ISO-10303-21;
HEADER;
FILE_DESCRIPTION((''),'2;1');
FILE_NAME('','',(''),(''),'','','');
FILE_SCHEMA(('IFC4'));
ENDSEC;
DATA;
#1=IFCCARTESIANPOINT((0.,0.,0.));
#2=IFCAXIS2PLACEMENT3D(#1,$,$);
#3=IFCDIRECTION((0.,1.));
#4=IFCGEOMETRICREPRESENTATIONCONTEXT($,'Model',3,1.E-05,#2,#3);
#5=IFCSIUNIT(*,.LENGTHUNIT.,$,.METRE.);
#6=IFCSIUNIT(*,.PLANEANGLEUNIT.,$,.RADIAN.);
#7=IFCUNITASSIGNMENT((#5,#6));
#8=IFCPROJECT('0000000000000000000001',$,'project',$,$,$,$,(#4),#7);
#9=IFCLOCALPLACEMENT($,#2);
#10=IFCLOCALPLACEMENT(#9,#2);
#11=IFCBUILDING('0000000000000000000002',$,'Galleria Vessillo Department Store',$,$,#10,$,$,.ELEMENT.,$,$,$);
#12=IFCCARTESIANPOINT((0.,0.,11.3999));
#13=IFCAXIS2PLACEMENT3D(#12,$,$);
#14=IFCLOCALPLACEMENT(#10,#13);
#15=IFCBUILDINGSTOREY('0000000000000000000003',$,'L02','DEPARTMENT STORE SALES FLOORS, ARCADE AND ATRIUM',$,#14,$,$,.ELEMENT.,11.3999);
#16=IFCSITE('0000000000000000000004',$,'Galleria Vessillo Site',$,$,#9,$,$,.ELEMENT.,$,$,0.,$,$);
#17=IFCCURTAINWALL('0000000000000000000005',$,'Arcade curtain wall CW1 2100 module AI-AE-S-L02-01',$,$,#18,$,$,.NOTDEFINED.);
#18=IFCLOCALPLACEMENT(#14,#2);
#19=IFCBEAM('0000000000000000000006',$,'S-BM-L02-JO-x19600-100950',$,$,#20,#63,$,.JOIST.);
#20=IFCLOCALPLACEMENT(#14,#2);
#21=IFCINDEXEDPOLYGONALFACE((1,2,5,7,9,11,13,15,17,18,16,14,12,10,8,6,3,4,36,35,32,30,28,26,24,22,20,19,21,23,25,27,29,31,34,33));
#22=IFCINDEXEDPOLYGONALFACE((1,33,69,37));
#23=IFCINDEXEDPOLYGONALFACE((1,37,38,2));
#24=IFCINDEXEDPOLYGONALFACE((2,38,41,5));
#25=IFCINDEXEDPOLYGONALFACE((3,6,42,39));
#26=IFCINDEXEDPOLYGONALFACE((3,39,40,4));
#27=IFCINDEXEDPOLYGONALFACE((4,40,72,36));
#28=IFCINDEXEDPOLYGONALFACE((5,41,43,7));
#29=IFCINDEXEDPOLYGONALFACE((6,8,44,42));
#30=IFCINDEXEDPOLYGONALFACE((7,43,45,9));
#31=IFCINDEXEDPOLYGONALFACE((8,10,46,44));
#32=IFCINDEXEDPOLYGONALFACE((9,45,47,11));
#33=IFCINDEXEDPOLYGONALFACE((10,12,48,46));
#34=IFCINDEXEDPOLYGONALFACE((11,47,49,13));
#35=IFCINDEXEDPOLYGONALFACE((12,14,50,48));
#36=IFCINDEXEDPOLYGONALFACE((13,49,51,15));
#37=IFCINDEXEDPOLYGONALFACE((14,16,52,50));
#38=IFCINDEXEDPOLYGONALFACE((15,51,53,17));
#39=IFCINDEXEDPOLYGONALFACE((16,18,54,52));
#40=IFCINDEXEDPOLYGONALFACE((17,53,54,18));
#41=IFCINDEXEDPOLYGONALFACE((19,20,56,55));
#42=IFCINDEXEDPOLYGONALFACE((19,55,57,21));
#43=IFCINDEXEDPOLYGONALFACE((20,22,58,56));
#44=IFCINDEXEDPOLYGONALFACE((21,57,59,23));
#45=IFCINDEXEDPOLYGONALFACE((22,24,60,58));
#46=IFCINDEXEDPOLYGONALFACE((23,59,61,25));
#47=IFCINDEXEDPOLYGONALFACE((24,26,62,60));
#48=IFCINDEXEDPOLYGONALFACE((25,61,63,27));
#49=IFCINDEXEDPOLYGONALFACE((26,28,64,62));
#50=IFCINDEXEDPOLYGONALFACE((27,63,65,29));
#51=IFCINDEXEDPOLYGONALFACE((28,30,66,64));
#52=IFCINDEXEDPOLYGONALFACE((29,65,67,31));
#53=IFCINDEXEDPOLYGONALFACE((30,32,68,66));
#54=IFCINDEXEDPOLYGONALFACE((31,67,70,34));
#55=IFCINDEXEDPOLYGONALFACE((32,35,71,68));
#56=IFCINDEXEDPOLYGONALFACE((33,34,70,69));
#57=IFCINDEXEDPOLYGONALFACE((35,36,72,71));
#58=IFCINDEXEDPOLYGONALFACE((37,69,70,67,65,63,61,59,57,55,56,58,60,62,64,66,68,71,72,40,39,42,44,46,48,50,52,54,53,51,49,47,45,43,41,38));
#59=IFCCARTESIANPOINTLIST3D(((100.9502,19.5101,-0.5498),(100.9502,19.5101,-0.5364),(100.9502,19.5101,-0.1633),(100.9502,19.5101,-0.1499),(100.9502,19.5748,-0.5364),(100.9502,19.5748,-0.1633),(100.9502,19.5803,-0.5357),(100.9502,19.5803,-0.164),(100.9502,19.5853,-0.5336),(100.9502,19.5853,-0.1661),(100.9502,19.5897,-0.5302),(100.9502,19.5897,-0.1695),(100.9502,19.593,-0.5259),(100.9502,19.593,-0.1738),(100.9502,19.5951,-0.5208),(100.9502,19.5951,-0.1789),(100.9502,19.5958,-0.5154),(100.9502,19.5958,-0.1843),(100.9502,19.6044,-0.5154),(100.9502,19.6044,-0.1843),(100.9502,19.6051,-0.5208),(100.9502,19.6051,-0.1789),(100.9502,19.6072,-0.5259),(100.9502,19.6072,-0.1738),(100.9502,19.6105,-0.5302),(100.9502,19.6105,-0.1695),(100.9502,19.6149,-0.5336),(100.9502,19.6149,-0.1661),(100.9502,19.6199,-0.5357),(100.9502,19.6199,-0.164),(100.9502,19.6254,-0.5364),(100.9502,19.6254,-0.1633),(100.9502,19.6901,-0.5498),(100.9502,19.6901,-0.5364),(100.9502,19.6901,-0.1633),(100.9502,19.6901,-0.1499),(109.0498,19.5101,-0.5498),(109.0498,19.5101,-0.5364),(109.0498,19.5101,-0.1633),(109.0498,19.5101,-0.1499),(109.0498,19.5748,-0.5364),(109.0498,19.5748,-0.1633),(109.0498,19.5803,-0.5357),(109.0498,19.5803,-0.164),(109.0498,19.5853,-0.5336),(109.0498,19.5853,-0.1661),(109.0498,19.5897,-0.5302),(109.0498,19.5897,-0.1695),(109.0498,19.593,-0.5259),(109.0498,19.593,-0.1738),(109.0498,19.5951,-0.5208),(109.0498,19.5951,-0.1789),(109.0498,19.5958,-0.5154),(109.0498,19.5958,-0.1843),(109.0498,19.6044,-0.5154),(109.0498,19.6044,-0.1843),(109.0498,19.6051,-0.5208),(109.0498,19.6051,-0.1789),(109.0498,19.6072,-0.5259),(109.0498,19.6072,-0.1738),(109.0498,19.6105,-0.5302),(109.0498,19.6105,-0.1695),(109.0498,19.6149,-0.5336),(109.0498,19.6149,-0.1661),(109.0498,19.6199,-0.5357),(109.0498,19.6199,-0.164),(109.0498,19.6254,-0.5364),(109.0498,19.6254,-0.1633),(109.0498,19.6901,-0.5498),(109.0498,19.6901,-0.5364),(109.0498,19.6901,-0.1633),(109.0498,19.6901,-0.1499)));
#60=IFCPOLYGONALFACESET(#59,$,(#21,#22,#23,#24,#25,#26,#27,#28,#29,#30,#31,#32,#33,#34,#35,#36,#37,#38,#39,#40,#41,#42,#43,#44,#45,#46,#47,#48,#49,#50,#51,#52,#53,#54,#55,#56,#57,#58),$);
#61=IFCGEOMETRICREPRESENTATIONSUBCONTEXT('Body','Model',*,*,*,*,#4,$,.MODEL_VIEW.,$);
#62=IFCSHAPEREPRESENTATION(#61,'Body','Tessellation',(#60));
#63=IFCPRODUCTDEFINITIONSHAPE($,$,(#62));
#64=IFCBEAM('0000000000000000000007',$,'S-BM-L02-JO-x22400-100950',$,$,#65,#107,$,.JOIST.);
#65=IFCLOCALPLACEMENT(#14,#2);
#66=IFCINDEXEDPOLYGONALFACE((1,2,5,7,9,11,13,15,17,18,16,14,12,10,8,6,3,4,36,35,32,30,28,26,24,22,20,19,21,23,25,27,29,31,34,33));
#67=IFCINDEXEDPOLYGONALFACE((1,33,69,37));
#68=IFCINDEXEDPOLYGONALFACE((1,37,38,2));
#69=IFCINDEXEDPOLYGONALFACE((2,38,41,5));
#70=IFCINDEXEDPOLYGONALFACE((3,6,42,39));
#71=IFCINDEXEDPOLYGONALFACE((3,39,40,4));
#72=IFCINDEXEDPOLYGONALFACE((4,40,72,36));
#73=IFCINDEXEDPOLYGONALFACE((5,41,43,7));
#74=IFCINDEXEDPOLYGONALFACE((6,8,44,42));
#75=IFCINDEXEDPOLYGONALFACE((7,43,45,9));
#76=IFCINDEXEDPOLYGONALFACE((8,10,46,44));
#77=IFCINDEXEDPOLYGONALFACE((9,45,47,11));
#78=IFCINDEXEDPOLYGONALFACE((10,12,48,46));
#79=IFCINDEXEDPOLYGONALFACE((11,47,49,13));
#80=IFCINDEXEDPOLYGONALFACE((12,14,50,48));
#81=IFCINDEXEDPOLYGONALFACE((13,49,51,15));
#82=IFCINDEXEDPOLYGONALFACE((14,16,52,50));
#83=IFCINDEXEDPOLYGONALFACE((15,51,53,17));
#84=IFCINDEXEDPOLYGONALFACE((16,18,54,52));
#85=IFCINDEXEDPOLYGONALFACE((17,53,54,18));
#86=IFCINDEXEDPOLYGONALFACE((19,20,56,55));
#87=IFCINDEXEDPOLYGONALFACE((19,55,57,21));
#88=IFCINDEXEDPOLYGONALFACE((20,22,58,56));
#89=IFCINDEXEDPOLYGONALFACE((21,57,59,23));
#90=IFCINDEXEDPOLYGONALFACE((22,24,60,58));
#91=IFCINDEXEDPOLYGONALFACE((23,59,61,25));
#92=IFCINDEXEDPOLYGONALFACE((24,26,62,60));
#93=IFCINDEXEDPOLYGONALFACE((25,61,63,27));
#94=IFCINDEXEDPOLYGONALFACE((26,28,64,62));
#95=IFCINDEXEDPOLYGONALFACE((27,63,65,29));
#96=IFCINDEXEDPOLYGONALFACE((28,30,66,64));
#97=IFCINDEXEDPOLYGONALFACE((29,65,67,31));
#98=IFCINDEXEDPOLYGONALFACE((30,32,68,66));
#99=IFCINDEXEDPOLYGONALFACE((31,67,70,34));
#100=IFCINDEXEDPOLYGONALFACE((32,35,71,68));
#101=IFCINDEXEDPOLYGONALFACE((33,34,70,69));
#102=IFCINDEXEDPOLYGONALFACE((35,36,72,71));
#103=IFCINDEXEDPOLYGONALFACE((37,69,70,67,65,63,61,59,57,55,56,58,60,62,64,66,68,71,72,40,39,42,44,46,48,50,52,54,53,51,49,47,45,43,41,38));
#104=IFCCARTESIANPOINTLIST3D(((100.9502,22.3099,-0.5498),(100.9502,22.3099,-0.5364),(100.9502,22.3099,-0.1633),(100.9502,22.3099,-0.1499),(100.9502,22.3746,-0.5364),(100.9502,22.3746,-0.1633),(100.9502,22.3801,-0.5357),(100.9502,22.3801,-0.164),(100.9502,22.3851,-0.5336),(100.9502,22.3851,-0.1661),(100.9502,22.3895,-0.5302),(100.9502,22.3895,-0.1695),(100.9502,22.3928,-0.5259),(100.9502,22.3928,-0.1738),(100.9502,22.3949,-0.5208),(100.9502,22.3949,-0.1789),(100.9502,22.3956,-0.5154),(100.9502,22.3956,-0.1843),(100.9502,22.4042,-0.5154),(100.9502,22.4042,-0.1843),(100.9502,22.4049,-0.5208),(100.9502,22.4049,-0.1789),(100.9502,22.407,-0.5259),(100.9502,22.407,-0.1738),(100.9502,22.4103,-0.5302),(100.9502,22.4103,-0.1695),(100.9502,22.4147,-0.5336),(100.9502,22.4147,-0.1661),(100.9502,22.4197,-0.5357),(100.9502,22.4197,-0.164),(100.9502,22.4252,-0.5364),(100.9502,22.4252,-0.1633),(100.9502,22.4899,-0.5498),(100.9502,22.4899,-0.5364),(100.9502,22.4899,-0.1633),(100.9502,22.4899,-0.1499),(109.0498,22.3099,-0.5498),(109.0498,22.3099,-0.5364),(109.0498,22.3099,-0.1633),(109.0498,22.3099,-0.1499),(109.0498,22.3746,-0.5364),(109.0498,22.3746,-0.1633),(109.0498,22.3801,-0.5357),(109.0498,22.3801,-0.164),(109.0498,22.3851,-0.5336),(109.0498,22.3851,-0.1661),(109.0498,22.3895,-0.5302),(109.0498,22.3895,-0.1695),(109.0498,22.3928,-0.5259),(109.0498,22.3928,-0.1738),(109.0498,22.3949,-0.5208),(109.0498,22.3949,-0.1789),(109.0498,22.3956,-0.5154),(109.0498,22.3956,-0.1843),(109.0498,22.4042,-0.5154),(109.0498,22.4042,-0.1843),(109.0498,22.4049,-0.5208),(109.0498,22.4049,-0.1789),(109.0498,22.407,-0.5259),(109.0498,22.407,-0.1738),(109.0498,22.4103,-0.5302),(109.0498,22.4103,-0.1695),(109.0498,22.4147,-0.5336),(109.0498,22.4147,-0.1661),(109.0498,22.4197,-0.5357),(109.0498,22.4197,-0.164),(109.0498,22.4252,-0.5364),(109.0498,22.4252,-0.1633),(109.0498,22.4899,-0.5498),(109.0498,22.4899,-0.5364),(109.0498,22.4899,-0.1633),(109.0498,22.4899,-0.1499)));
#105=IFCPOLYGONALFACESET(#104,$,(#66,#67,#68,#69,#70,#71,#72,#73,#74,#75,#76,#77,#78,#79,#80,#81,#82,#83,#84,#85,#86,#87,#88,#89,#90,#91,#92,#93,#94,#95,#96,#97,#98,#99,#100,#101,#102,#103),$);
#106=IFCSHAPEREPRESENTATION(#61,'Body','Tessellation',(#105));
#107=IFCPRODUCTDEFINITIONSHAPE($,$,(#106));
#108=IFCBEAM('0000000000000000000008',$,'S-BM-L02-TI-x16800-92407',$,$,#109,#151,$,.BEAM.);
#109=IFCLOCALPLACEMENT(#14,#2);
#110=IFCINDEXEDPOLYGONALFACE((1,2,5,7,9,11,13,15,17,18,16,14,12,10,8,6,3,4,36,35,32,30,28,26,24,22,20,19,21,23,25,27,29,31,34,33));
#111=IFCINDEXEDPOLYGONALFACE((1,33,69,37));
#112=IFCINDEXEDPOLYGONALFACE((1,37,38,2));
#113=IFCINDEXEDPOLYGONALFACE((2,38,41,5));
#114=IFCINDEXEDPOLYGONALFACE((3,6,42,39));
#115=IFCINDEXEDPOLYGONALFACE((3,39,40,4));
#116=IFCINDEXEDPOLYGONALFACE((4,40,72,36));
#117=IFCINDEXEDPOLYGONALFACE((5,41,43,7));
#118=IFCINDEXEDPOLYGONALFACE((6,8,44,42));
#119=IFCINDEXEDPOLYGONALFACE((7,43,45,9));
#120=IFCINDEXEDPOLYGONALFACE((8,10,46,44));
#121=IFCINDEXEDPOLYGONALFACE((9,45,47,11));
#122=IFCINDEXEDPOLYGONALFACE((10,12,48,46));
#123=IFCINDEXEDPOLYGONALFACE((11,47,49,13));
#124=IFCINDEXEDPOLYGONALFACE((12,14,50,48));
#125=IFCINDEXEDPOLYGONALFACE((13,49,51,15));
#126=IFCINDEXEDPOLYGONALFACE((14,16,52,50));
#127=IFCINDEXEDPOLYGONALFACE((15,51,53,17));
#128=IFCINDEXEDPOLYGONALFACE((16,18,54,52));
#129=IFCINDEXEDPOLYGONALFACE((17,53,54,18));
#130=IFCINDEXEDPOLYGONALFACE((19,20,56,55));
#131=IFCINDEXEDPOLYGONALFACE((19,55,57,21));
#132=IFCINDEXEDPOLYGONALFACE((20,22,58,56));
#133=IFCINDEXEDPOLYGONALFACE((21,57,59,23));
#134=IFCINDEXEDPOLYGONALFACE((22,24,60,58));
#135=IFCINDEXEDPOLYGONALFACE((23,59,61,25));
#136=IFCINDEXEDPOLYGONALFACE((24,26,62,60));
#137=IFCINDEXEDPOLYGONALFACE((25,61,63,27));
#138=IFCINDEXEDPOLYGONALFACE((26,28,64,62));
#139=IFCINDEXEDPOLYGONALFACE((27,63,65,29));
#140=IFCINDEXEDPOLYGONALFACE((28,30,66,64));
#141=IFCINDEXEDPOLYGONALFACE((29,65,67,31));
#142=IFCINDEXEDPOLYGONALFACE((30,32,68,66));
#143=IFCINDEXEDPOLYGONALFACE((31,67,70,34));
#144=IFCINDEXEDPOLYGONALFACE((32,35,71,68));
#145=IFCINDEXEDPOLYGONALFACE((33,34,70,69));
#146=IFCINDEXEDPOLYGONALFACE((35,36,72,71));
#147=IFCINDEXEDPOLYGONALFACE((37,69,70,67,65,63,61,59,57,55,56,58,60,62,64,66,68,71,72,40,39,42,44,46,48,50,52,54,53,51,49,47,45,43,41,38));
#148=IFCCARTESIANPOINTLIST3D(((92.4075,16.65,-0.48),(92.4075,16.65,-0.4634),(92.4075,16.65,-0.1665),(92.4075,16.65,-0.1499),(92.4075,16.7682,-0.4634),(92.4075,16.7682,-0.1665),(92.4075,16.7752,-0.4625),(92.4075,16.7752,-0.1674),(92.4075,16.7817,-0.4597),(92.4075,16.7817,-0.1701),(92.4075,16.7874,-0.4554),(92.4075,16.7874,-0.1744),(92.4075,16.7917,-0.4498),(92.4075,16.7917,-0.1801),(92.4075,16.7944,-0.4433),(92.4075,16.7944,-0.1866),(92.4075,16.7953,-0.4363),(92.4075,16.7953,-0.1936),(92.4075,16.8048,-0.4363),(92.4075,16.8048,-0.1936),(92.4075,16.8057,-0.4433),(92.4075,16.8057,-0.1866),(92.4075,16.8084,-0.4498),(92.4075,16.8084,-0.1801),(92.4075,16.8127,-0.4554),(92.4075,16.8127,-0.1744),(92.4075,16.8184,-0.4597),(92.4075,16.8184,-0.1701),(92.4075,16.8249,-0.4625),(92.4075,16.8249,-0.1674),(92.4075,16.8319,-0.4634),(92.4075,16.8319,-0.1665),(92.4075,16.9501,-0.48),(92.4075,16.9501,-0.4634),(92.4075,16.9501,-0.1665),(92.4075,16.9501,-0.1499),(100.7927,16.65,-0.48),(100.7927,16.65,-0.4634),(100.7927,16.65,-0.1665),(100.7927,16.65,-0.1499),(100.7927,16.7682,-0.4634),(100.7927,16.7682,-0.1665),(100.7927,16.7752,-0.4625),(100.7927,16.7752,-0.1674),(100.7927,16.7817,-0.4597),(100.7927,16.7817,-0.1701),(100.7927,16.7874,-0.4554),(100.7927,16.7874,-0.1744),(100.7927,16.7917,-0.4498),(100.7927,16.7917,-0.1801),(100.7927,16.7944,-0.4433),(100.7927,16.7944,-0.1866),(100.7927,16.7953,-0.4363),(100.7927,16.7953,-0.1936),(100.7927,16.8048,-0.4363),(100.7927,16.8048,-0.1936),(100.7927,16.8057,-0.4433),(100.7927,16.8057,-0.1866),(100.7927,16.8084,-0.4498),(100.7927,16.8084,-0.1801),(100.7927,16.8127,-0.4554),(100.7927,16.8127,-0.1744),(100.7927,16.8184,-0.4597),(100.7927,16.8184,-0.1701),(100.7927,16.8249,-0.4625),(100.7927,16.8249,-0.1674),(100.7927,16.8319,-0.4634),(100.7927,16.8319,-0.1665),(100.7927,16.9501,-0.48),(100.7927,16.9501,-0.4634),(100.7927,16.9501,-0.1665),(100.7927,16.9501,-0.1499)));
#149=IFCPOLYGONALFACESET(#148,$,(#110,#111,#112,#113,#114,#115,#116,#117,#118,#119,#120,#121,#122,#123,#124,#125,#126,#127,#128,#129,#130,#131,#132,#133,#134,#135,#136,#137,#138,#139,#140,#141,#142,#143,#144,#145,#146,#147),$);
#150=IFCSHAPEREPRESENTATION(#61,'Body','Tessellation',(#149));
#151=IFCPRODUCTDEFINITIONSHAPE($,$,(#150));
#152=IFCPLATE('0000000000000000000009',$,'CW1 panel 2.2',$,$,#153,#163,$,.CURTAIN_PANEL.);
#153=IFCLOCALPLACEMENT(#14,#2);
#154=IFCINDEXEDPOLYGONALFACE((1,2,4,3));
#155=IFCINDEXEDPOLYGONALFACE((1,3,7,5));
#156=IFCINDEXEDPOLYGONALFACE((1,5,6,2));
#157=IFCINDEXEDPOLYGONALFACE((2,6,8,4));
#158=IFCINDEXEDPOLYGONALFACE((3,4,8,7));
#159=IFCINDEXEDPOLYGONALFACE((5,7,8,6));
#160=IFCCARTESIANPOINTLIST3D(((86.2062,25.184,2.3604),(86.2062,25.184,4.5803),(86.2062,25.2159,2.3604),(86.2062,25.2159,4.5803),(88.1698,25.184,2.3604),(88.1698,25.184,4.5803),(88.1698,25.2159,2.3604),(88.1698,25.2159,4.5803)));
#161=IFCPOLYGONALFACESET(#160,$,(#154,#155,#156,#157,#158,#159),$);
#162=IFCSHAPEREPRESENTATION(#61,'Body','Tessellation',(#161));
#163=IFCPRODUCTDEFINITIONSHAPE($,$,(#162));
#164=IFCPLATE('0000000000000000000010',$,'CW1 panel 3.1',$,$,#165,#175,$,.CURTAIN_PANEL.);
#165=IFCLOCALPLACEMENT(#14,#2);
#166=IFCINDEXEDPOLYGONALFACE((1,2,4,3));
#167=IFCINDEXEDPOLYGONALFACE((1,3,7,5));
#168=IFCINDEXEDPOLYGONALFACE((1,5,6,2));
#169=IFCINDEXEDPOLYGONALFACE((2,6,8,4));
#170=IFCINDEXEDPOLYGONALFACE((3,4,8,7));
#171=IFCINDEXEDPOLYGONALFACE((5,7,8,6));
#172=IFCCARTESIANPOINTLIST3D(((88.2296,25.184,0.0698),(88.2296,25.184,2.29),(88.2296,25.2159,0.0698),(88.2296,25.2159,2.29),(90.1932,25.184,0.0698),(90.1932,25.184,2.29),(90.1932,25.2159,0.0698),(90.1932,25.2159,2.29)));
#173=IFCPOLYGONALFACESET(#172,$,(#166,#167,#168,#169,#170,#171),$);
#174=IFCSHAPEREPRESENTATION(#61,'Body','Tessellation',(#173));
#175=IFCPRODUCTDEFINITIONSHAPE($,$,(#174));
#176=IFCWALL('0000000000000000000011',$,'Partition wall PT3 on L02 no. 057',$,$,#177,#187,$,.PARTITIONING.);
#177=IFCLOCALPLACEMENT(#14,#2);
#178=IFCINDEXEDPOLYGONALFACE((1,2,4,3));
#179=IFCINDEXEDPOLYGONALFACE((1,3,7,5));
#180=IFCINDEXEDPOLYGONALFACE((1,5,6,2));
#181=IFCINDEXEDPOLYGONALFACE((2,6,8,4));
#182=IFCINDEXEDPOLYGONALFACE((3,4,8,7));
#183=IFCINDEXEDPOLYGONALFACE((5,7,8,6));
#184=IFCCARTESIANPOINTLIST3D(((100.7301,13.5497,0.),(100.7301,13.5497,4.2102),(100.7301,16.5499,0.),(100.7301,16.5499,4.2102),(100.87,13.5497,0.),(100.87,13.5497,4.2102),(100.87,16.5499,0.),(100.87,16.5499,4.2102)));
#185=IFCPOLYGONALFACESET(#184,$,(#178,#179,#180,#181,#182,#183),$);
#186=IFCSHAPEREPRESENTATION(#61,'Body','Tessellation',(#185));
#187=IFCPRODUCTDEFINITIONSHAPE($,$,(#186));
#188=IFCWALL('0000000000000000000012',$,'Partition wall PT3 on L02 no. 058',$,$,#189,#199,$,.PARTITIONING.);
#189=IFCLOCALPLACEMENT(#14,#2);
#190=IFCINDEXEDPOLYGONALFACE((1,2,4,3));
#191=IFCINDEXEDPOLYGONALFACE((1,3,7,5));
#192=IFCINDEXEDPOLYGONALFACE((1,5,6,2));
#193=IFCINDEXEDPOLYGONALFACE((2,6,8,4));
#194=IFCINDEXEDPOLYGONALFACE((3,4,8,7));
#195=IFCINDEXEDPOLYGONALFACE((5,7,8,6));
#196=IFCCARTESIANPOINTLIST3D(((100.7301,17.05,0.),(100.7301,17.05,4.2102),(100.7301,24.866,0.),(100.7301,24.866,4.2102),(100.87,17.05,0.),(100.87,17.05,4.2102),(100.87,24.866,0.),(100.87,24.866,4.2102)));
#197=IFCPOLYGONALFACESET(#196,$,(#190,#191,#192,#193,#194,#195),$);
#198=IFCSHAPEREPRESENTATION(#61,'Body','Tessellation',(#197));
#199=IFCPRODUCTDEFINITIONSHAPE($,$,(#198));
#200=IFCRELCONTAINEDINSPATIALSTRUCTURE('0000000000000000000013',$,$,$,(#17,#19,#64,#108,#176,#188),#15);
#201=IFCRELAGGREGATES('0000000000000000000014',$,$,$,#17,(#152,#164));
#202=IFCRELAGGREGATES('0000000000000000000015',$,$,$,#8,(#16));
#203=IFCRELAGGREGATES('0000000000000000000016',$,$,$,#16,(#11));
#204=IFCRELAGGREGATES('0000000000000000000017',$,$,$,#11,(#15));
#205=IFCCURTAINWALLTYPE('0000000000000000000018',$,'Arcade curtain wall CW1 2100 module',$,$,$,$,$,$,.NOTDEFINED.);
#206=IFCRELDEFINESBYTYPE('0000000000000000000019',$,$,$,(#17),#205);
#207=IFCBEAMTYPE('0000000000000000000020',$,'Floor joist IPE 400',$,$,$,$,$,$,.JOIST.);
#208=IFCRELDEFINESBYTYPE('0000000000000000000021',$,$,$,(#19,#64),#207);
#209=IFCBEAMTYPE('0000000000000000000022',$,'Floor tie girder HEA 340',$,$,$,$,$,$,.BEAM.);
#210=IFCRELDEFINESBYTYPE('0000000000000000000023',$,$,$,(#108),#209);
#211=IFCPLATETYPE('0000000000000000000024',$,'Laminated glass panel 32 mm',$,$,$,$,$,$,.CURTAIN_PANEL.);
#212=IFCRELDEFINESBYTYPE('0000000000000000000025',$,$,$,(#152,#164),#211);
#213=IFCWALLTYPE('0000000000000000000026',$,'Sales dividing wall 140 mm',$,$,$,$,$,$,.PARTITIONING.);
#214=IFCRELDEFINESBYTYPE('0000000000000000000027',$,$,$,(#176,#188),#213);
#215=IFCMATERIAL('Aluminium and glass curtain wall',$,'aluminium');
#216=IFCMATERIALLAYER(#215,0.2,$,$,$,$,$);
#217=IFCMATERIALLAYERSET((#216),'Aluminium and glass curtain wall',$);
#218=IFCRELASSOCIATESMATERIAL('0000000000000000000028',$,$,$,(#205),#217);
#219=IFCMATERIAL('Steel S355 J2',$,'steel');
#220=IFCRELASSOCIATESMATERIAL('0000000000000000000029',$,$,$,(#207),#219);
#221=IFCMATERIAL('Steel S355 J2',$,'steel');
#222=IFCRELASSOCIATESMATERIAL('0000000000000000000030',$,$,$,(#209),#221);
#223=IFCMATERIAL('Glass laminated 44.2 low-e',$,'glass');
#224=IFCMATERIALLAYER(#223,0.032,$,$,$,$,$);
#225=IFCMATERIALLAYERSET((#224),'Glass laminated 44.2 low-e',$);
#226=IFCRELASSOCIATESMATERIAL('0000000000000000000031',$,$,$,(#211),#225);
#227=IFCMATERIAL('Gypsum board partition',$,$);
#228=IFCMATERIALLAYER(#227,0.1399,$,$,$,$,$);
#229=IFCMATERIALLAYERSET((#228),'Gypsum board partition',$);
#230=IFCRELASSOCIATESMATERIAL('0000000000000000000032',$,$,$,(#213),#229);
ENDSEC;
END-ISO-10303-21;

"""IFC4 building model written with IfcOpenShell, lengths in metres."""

from ifc_helpers import new_model, si_unit, direction, frame, frame_2d, origin, origin_2d, place, context, subcontext, project, spatial, rectangle, i_section, extrude, material, layer, layer_set, material_profile, profile_set, type_object, element, aggregate, save


model = new_model("IFC4")

# Units and contexts
model_context = context("Model", 3, precision=1e-05, world=origin(), true_north=direction((0.0, 1.0)))
body_context = subcontext(model_context, "Body", "Model", "MODEL_VIEW")
ifc_project = project(units=[si_unit("LENGTHUNIT", "METRE"), si_unit("PLANEANGLEUNIT", "RADIAN")], contexts=[model_context])

# Site, building, storey
site_placement = place(None, origin())
site = spatial("IfcSite", under=ifc_project, at=site_placement, Name="Galleria Vessillo Site", CompositionType="ELEMENT", RefElevation=0.0)
building_placement = place(site_placement, origin())
building = spatial("IfcBuilding", under=site, at=building_placement, Name="Galleria Vessillo Department Store", CompositionType="ELEMENT")
storey_placement = place(building_placement, frame((0.0, 0.0, 11.3999)))
storey = spatial("IfcBuildingStorey", under=building, at=storey_placement, Name="L02", Description="DEPARTMENT STORE SALES FLOORS, ARCADE AND ATRIUM", CompositionType="ELEMENT", Elevation=11.3999)

# Curtain wall
ifc_material_1 = material(Name="Aluminium and glass curtain wall", Category="aluminium")
ifc_layer_1 = layer(ifc_material_1, 0.2)
ifc_layer_set_1 = layer_set([ifc_layer_1], Name="Aluminium and glass curtain wall")
curtain_wall_type = type_object("IfcCurtainWallType", Name="Arcade curtain wall CW1 2100 module", PredefinedType="NOTDEFINED", material=ifc_layer_set_1)
curtain_wall_placement = place(storey_placement, origin())
curtain_wall = element("IfcCurtainWall", 1, at=curtain_wall_placement, inside=storey, type_object=curtain_wall_type, Name="Arcade curtain wall CW1 2100 module AI-AE-S-L02-01", PredefinedType="NOTDEFINED")

# Beams
ifc_material_2 = material(Name="Steel S355 J2", Category="steel")
ifc_material_profile_1 = material_profile(ifc_material_2, i_section(OverallWidth=0.1799, OverallDepth=0.3999, WebThickness=0.0085, FlangeThickness=0.0134, FilletRadius=0.021, at=origin_2d()), Name="IPE 400")
ifc_profile_set_1 = profile_set([ifc_material_profile_1], Name="Steel S355 J2")
beam_type_1 = type_object("IfcBeamType", Name="Floor joist IPE 400", PredefinedType="JOIST", material=ifc_profile_set_1)
for number, where, z_axis, x_axis, name in (
    (2, (100.9502, 19.6001, -0.3499), (1.0, 0.0, 0.0), (0.0, 1.0, 0.0), "S-BM-L02-JO-x19600-100950"),
    (3, (100.9502, 22.3999, -0.3499), (1.0, 0.0, 0.0), (0.0, 1.0, 0.0), "S-BM-L02-JO-x22400-100950"),
):
    element("IfcBeam", number, at=place(storey_placement, frame(where, z_axis=z_axis, x_axis=x_axis)), inside=storey, type_object=beam_type_1, Name=name, PredefinedType="JOIST", context=body_context, shape_type="SweptSolid", body=[
        extrude(i_section(OverallWidth=0.1799, OverallDepth=0.3999, WebThickness=0.0085, FlangeThickness=0.0134, FilletRadius=0.021, at=origin_2d()), origin(), (0.0, 0.0, 1.0), 8.0996),
    ])
ifc_material_3 = material(Name="Steel S355 J2", Category="steel")
ifc_material_profile_2 = material_profile(ifc_material_3, i_section(OverallWidth=0.3, OverallDepth=0.3301, WebThickness=0.0095, FlangeThickness=0.0166, FilletRadius=0.0271, at=origin_2d()), Name="HEA 340")
ifc_profile_set_2 = profile_set([ifc_material_profile_2], Name="Steel S355 J2")
beam_type_2 = type_object("IfcBeamType", Name="Floor tie girder HEA 340", PredefinedType="BEAM", material=ifc_profile_set_2)
beam_1_placement = place(storey_placement, frame((92.4075, 16.8, -0.3149), z_axis=(1.0, 0.0, 0.0), x_axis=(0.0, 1.0, 0.0)))
element("IfcBeam", 4, at=beam_1_placement, inside=storey, type_object=beam_type_2, Name="S-BM-L02-TI-x16800-92407", PredefinedType="BEAM", context=body_context, shape_type="SweptSolid", body=[
    extrude(i_section(OverallWidth=0.3, OverallDepth=0.3301, WebThickness=0.0095, FlangeThickness=0.0166, FilletRadius=0.0271, at=origin_2d()), origin(), (0.0, 0.0, 1.0), 8.3853),
])

# Plates
ifc_material_4 = material(Name="Glass laminated 44.2 low-e", Category="glass")
ifc_layer_2 = layer(ifc_material_4, 0.032)
ifc_layer_set_2 = layer_set([ifc_layer_2], Name="Glass laminated 44.2 low-e")
plate_type = type_object("IfcPlateType", Name="Laminated glass panel 32 mm", PredefinedType="CURTAIN_PANEL", material=ifc_layer_set_2)
plate_1_placement = place(storey_placement, frame((87.188, 25.2, 2.3604), z_axis=(0.0, 0.0, 1.0), x_axis=(1.0, 0.0, 0.0)))
plate_1 = element("IfcPlate", 5, at=plate_1_placement, type_object=plate_type, Name="CW1 panel 2.2", PredefinedType="CURTAIN_PANEL", context=body_context, shape_type="SweptSolid", body=[
    extrude(rectangle(XDim=1.9636, YDim=0.032, at=origin_2d()), origin(), (0.0, 0.0, 1.0), 2.22),
])
plate_2_placement = place(storey_placement, frame((89.2114, 25.2, 0.0698), z_axis=(0.0, 0.0, 1.0), x_axis=(1.0, 0.0, 0.0)))
plate_2 = element("IfcPlate", 6, at=plate_2_placement, type_object=plate_type, Name="CW1 panel 3.1", PredefinedType="CURTAIN_PANEL", context=body_context, shape_type="SweptSolid", body=[
    extrude(rectangle(XDim=1.9636, YDim=0.032, at=origin_2d()), origin(), (0.0, 0.0, 1.0), 2.2202),
])
aggregate(curtain_wall, [plate_1, plate_2])

# Walls
ifc_material_5 = material(Name="Gypsum board partition")
ifc_layer_3 = layer(ifc_material_5, 0.1399)
ifc_layer_set_3 = layer_set([ifc_layer_3], Name="Gypsum board partition")
wall_type = type_object("IfcWallType", Name="Sales dividing wall 140 mm", PredefinedType="PARTITIONING", material=ifc_layer_set_3)
wall_1_placement = place(storey_placement, frame((100.8, 13.5498, 0.0), z_axis=(0.0, 0.0, 1.0), x_axis=(0.0, 1.0, 0.0)))
element("IfcWall", 7, at=wall_1_placement, inside=storey, type_object=wall_type, Name="Partition wall PT3 on L02 no. 057", PredefinedType="PARTITIONING", context=body_context, shape_type="SweptSolid", body=[
    extrude(rectangle(XDim=3.0002, YDim=0.1399, at=frame_2d((1.5, 0.0))), origin(), (0.0, 0.0, 1.0), 4.2102),
])
wall_2_placement = place(storey_placement, frame((100.8, 17.05, 0.0), z_axis=(0.0, 0.0, 1.0), x_axis=(0.0, 1.0, 0.0)))
element("IfcWall", 8, at=wall_2_placement, inside=storey, type_object=wall_type, Name="Partition wall PT3 on L02 no. 058", PredefinedType="PARTITIONING", context=body_context, shape_type="SweptSolid", body=[
    extrude(rectangle(XDim=7.8159, YDim=0.1399, at=frame_2d((3.908, 0.0))), origin(), (0.0, 0.0, 1.0), 4.2102),
])

save(model, "model.ifc")
